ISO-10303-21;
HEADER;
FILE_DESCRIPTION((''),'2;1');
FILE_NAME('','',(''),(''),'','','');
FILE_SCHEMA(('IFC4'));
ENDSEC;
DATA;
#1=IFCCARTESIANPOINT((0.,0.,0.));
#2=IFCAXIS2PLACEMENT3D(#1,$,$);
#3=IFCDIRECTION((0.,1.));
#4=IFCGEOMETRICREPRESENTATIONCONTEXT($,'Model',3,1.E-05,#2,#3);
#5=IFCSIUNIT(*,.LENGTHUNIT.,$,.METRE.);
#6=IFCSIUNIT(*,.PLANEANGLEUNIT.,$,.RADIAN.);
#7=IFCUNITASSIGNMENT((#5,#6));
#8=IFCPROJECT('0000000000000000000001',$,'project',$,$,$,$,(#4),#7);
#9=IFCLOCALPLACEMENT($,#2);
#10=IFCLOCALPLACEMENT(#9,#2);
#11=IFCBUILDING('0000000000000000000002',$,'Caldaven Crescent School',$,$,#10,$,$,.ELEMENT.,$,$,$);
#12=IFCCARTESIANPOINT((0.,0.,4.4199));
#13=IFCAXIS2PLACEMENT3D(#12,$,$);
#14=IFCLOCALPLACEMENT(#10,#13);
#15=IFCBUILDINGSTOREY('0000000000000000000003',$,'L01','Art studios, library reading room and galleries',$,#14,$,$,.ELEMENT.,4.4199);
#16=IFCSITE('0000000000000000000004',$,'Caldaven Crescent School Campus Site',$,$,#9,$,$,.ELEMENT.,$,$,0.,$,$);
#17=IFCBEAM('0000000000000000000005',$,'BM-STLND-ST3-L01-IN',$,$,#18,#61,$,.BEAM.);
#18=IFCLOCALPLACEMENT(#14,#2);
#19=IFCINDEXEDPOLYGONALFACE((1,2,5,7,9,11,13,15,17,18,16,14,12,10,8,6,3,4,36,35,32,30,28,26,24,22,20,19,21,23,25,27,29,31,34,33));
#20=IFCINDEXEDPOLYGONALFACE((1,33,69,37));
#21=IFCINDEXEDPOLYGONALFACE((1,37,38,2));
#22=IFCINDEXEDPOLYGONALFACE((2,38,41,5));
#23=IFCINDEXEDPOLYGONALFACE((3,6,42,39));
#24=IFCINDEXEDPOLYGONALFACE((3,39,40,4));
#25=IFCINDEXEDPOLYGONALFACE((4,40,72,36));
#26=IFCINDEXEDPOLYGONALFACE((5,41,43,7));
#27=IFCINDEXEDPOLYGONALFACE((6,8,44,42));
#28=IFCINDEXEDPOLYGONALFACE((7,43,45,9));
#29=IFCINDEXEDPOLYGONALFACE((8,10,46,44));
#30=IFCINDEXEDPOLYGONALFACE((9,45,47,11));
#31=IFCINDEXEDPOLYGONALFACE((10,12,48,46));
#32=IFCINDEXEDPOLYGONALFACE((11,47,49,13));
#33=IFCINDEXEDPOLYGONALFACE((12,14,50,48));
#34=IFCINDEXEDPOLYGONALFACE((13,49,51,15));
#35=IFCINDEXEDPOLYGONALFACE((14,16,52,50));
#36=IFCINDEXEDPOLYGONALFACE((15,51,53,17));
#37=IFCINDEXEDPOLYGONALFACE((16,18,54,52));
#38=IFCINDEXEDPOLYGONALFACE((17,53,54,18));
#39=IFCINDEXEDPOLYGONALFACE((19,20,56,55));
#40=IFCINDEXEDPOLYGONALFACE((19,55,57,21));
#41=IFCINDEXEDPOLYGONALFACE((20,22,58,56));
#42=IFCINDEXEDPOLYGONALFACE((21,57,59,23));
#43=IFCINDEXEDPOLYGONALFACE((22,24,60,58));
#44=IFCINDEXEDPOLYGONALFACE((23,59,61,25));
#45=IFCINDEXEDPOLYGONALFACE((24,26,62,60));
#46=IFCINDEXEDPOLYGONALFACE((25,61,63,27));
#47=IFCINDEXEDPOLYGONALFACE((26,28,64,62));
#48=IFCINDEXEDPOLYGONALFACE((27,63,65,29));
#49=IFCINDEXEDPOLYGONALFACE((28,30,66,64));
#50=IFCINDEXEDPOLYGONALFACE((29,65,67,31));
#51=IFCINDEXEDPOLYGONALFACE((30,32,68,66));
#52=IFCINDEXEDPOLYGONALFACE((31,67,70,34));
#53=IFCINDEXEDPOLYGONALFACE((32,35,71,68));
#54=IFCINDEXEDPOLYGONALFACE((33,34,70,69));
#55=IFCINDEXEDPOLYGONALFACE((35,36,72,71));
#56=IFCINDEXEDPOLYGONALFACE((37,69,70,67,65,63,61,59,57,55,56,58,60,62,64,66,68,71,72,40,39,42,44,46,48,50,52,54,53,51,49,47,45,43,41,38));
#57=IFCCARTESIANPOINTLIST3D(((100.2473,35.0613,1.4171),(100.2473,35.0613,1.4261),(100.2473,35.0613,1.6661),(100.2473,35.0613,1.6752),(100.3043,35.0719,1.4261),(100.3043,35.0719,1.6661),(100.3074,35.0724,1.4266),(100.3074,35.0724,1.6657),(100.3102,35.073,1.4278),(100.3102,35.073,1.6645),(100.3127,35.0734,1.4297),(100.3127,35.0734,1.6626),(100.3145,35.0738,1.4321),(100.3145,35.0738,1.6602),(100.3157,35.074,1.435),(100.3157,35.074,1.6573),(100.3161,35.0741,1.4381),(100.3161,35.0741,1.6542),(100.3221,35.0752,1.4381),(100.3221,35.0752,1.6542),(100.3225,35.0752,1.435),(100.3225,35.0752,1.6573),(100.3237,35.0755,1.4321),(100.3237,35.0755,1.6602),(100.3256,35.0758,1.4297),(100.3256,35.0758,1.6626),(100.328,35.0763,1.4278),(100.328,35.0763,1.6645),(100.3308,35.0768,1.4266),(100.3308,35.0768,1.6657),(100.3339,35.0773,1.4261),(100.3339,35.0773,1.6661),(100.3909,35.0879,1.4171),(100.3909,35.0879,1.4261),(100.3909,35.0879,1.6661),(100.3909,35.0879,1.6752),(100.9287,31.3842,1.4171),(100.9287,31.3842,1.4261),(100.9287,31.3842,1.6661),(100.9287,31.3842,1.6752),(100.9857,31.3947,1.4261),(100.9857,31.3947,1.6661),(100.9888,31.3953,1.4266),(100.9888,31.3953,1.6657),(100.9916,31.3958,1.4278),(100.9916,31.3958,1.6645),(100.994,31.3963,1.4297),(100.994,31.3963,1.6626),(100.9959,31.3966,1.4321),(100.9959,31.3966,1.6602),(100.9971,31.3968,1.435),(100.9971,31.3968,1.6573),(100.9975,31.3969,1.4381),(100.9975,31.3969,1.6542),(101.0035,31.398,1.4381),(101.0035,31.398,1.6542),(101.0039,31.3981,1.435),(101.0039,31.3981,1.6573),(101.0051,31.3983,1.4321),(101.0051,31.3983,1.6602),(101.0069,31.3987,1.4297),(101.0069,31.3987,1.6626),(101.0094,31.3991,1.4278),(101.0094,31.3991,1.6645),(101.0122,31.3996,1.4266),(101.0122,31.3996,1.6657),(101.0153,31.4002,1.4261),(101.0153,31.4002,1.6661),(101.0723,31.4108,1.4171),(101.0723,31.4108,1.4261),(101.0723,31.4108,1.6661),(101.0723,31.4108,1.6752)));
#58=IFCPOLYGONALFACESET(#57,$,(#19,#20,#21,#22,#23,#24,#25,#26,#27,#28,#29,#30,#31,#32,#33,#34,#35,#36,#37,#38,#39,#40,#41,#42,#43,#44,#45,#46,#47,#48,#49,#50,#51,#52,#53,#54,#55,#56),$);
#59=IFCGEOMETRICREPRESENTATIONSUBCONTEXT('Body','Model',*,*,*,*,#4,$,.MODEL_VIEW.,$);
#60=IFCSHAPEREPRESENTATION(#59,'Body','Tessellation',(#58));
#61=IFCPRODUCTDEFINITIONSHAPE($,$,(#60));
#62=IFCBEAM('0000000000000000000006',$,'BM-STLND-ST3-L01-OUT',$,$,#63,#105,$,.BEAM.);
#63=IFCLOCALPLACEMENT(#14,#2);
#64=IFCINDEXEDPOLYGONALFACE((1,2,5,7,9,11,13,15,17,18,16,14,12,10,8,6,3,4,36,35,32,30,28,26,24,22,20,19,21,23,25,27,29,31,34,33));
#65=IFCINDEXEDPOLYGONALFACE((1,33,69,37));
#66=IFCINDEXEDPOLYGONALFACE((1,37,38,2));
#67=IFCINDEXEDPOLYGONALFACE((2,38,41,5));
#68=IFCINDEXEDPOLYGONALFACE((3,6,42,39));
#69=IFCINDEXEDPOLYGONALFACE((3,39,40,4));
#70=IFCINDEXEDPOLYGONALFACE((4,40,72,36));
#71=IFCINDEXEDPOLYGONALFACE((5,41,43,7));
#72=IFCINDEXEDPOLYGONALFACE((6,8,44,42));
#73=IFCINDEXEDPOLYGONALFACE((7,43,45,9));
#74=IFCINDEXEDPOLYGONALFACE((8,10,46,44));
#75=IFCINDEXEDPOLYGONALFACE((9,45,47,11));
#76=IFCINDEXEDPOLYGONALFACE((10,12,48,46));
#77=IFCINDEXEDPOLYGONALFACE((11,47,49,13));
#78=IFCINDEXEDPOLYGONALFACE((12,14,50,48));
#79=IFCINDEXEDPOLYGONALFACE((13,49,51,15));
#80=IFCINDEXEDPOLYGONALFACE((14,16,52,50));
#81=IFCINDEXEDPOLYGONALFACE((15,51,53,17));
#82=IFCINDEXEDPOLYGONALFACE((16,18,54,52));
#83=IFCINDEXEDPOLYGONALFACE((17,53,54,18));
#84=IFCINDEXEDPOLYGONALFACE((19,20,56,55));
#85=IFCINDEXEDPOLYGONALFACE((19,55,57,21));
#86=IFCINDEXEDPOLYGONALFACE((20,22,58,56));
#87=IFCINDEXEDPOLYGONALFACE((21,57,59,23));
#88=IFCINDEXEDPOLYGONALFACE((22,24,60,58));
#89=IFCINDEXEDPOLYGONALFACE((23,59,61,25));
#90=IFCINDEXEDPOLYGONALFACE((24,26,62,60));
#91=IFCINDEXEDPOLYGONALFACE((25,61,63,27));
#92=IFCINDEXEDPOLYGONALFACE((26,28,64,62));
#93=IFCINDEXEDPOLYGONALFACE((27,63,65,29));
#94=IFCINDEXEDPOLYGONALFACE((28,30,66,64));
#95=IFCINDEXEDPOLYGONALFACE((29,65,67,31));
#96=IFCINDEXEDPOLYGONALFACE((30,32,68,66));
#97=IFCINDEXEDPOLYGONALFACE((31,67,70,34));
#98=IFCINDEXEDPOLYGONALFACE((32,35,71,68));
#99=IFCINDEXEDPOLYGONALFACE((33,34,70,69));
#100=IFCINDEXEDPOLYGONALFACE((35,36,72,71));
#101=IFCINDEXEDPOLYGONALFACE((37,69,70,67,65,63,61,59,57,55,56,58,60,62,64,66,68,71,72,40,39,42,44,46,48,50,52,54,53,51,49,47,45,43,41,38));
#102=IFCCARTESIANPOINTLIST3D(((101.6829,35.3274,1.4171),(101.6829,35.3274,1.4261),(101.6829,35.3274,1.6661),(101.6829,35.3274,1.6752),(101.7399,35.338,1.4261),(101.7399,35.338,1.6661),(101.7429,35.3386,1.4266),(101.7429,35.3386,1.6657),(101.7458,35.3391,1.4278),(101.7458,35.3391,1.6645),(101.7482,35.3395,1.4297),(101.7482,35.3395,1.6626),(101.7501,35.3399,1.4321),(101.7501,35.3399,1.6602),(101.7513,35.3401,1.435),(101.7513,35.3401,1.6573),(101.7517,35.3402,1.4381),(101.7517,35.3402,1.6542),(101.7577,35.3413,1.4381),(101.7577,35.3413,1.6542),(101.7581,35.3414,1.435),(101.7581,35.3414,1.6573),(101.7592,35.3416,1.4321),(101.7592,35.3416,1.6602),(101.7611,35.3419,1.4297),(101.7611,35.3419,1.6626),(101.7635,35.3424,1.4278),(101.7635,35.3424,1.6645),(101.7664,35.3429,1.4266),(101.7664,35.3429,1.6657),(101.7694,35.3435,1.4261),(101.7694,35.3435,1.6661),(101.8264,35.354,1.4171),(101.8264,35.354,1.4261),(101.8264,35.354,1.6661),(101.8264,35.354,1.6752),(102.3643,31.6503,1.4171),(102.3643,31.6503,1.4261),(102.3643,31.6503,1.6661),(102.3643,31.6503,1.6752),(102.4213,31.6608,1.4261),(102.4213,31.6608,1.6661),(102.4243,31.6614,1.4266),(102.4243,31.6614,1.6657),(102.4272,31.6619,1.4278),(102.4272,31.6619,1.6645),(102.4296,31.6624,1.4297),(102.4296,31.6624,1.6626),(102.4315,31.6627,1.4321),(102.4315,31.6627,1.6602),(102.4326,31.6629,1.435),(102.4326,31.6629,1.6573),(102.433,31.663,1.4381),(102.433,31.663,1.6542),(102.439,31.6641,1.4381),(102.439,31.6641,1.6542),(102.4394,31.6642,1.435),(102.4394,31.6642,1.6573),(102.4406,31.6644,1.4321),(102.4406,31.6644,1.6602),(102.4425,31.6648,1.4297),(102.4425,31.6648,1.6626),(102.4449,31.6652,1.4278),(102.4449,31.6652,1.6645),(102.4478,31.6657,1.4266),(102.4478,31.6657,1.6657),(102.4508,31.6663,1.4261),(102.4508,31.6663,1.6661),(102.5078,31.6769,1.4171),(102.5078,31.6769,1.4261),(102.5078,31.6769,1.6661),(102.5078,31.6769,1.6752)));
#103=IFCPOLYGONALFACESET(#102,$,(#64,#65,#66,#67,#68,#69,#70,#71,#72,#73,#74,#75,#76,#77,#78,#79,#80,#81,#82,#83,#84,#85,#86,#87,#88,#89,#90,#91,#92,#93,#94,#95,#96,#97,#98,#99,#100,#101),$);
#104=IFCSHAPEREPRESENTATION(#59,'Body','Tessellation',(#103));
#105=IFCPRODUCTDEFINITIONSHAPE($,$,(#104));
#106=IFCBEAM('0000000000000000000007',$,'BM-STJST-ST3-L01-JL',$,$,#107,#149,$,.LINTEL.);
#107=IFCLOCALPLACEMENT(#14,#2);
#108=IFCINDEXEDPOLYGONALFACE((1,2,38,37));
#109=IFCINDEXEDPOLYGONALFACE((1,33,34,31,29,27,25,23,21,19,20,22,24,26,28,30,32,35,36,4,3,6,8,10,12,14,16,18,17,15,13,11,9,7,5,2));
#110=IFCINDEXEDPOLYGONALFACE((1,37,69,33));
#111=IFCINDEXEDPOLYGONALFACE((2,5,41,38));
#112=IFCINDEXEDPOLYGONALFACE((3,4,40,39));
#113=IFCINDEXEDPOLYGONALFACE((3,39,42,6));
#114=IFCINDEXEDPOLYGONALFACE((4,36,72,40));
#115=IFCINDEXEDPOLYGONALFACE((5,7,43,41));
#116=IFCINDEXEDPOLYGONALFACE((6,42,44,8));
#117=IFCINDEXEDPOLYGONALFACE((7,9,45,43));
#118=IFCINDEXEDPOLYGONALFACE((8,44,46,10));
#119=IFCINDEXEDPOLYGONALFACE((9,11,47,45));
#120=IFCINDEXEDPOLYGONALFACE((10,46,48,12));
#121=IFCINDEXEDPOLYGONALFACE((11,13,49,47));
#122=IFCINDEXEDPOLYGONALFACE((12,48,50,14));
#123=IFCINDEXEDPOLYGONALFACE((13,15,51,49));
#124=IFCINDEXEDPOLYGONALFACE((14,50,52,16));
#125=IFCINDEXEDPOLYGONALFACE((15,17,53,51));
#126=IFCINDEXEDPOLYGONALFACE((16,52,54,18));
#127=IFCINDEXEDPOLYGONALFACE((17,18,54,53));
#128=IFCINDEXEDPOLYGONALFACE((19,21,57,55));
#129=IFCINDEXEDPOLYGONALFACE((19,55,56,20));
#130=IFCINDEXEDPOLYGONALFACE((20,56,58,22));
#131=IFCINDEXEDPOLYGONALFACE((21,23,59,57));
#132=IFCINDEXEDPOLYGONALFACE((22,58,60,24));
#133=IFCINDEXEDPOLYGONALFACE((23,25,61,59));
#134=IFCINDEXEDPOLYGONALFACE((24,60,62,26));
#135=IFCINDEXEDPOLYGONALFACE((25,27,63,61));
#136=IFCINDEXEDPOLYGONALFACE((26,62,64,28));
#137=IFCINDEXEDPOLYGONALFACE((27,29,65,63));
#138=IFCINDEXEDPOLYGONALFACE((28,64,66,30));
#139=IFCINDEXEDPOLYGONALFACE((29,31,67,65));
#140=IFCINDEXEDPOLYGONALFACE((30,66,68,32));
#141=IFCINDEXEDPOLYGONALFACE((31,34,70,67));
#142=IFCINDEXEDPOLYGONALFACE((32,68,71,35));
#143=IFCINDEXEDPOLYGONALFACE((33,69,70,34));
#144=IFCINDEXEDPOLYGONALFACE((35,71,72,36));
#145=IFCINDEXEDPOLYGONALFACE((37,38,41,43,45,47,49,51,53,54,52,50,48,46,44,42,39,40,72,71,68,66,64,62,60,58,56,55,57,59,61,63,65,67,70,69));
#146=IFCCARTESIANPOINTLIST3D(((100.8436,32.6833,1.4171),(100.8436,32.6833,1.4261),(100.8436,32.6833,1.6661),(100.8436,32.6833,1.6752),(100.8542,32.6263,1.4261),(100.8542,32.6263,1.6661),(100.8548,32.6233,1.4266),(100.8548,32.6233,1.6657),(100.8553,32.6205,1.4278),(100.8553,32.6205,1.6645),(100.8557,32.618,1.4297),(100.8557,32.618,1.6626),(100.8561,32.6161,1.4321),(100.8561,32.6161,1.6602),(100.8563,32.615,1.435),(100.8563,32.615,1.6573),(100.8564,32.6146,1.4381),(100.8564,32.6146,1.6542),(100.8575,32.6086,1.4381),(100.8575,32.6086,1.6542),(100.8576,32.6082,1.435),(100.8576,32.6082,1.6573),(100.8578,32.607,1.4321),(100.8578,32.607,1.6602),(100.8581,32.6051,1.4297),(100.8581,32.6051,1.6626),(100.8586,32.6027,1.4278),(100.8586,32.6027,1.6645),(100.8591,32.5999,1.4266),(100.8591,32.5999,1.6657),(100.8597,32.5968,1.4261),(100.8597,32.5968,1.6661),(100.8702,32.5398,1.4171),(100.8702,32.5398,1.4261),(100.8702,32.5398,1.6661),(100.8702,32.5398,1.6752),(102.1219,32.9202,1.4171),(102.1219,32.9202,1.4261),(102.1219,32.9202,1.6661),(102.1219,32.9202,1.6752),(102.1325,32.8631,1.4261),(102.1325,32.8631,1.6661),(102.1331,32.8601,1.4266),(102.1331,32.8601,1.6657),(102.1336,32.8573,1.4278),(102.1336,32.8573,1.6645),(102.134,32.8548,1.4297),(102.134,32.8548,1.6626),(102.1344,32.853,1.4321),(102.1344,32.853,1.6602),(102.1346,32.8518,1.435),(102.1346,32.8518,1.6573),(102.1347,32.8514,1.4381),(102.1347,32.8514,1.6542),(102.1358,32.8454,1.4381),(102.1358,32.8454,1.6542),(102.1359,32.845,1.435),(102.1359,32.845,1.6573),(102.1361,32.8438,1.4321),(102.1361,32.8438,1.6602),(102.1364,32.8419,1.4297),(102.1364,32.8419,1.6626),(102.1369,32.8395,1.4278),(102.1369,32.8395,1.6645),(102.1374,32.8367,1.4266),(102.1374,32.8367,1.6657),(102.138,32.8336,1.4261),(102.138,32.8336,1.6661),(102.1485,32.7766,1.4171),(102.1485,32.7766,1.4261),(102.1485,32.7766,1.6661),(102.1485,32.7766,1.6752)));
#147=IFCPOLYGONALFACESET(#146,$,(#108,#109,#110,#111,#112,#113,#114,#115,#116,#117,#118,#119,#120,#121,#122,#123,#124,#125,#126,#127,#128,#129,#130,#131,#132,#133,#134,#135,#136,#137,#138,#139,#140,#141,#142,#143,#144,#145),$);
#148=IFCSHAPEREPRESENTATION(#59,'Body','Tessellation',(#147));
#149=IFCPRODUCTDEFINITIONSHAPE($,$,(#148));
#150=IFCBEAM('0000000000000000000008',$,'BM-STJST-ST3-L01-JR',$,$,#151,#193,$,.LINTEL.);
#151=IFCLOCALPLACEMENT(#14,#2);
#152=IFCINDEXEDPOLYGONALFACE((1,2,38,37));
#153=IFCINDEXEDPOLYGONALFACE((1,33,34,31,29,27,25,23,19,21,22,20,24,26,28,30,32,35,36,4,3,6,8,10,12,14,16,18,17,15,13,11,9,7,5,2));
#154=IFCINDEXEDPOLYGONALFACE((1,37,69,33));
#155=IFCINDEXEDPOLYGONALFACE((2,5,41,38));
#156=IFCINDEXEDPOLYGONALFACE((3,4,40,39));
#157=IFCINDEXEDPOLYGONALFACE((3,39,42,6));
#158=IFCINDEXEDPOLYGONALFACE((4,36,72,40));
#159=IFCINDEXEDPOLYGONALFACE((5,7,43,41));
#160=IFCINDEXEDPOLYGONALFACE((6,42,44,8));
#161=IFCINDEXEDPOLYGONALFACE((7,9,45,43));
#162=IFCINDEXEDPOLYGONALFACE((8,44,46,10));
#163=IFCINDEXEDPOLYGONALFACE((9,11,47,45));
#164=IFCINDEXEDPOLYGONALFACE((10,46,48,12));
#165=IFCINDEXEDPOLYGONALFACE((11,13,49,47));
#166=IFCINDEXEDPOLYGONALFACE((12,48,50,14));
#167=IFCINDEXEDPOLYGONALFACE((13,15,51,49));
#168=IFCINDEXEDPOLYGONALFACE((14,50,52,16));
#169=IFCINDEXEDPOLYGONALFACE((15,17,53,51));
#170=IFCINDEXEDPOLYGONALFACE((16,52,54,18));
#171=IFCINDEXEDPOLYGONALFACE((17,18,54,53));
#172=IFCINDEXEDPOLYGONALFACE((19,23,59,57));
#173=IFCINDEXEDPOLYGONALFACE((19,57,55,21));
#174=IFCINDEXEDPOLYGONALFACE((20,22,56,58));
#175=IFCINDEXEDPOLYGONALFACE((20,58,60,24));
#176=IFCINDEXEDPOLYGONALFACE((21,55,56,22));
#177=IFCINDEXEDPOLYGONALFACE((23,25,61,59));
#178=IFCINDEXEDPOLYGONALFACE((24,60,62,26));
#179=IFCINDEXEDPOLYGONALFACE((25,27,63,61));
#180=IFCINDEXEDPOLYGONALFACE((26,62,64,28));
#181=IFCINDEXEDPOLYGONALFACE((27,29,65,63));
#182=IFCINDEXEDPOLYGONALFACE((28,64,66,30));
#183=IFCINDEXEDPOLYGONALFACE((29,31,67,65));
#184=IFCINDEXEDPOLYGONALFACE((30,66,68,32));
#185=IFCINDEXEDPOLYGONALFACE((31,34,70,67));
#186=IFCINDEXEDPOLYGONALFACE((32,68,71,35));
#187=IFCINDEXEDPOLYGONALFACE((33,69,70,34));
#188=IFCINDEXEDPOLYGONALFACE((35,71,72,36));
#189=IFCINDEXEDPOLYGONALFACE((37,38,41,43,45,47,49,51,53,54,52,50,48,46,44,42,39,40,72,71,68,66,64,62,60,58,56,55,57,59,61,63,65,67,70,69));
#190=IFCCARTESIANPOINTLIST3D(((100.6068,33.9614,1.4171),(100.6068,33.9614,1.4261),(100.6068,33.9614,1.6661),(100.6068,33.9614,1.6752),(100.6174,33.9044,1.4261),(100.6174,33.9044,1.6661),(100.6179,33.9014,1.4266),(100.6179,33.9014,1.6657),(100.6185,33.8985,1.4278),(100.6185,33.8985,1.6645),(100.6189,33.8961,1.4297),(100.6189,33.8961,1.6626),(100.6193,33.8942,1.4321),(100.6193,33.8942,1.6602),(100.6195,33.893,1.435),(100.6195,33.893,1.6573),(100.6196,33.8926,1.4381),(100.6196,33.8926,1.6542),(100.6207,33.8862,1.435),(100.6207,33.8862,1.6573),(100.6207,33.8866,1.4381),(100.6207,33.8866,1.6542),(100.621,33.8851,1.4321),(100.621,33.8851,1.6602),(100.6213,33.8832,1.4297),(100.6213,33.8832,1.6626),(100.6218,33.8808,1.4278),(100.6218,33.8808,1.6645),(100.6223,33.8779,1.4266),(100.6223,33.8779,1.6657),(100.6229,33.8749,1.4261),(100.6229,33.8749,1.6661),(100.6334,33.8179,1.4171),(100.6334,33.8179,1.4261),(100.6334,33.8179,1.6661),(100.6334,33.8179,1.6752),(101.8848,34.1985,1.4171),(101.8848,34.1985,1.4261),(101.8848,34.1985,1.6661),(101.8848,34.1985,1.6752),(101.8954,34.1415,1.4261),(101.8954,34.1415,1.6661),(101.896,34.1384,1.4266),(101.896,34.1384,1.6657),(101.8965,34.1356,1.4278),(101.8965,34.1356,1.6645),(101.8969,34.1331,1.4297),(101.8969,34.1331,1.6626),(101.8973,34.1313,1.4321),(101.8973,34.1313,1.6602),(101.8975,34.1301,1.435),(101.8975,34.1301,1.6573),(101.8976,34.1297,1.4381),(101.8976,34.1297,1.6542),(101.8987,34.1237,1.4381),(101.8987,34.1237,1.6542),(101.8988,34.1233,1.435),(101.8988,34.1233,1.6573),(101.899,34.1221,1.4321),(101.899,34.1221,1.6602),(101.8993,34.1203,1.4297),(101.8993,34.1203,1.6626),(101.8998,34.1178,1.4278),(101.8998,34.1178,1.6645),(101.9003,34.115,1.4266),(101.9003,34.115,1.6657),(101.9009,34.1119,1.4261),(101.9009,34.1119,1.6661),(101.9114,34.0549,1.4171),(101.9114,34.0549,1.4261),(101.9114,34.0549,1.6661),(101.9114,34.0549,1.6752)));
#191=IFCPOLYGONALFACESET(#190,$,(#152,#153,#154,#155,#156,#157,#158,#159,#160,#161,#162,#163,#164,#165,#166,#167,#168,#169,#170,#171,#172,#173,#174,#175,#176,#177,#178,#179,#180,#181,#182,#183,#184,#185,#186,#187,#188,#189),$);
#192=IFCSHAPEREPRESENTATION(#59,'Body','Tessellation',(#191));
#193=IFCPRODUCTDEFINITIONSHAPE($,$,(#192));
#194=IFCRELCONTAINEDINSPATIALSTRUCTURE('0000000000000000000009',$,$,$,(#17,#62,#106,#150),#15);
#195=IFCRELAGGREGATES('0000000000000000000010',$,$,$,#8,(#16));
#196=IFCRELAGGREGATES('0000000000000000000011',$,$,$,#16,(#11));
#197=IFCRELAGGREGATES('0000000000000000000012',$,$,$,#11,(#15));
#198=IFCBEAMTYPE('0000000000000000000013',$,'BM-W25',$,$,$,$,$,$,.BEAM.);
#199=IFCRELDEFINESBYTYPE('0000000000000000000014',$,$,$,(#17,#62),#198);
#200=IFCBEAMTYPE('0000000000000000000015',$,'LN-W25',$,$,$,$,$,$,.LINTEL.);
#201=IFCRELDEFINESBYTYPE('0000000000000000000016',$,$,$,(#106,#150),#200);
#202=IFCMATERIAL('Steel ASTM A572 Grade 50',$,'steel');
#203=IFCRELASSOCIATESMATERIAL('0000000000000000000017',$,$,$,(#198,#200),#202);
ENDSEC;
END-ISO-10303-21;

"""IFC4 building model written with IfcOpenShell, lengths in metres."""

from ifc_helpers import new_model, si_unit, direction, frame, origin, origin_2d, place, context, subcontext, project, spatial, i_section, extrude, material, material_profile, profile_set, type_object, element, save


model = new_model("IFC4")

# Units and contexts
model_context = context("Model", 3, precision=1e-05, world=origin(), true_north=direction((0.0, 1.0)))
body_context = subcontext(model_context, "Body", "Model", "MODEL_VIEW")
ifc_project = project(units=[si_unit("LENGTHUNIT", "METRE"), si_unit("PLANEANGLEUNIT", "RADIAN")], contexts=[model_context])

# Site, building, storey
site_placement = place(None, origin())
site = spatial("IfcSite", under=ifc_project, at=site_placement, Name="Caldaven Crescent School Campus Site", CompositionType="ELEMENT", RefElevation=0.0)
building_placement = place(site_placement, origin())
building = spatial("IfcBuilding", under=site, at=building_placement, Name="Caldaven Crescent School", CompositionType="ELEMENT")
storey_placement = place(building_placement, frame((0.0, 0.0, 4.4199)))
storey = spatial("IfcBuildingStorey", under=building, at=storey_placement, Name="L01", Description="Art studios, library reading room and galleries", CompositionType="ELEMENT", Elevation=4.4199)

# Shared definitions
ifc_material_1 = material(Name="Steel ASTM A572 Grade 50", Category="steel")

# Beams
ifc_material_profile_1 = material_profile(ifc_material_1, i_section(OverallWidth=0.146, OverallDepth=0.2581, WebThickness=0.0061, FlangeThickness=0.009, FilletRadius=0.012, at=origin_2d()), Name="W250x33")
ifc_profile_set_1 = profile_set([ifc_material_profile_1], Name="Steel ASTM A572 Grade 50")
beam_type_1 = type_object("IfcBeamType", Name="BM-W25", PredefinedType="BEAM", material=ifc_profile_set_1)
for number, where, z_axis, x_axis, name in (
    (1, (101.0005, 31.3975, 1.5461), (-0.182199, 0.983262, 0.0), (-0.983262, -0.182199, 0.0), "BM-STLND-ST3-L01-IN"),
    (2, (102.436, 31.6636, 1.5461), (-0.182199, 0.983262, 0.0), (-0.983262, -0.182199, 0.0), "BM-STLND-ST3-L01-OUT"),
):
    element("IfcBeam", number, at=place(storey_placement, frame(where, z_axis=z_axis, x_axis=x_axis)), inside=storey, type_object=beam_type_1, Name=name, PredefinedType="BEAM", context=body_context, shape_type="SweptSolid", body=[
        extrude(i_section(OverallWidth=0.146, OverallDepth=0.2581, WebThickness=0.0061, FlangeThickness=0.009, FilletRadius=0.012, at=origin_2d()), origin(), (0.0, 0.0, 1.0), 3.7397),
    ])
ifc_material_profile_2 = material_profile(ifc_material_1, i_section(OverallWidth=0.146, OverallDepth=0.2581, WebThickness=0.0061, FlangeThickness=0.009, FilletRadius=0.012, at=origin_2d()), Name="W250x33")
ifc_profile_set_2 = profile_set([ifc_material_profile_2], Name="Steel ASTM A572 Grade 50")
beam_type_2 = type_object("IfcBeamType", Name="LN-W25", PredefinedType="LINTEL", material=ifc_profile_set_2)
beam_1_placement = place(storey_placement, frame((100.8569, 32.6116, 1.5461), z_axis=(0.98327, 0.182157, 0.0), x_axis=(-0.182157, 0.98327, 0.0)))
element("IfcBeam", 3, at=beam_1_placement, inside=storey, type_object=beam_type_2, Name="BM-STJST-ST3-L01-JL", PredefinedType="LINTEL", context=body_context, shape_type="SweptSolid", body=[
    extrude(i_section(OverallWidth=0.146, OverallDepth=0.2581, WebThickness=0.0061, FlangeThickness=0.009, FilletRadius=0.012, at=origin_2d()), origin(), (0.0, 0.0, 1.0), 1.3),
])
beam_2_placement = place(storey_placement, frame((100.6201, 33.8896, 1.5461), z_axis=(0.98323, 0.182372, 0.0), x_axis=(-0.182372, 0.98323, 0.0)))
element("IfcBeam", 4, at=beam_2_placement, inside=storey, type_object=beam_type_2, Name="BM-STJST-ST3-L01-JR", PredefinedType="LINTEL", context=body_context, shape_type="SweptSolid", body=[
    extrude(i_section(OverallWidth=0.146, OverallDepth=0.2581, WebThickness=0.0061, FlangeThickness=0.009, FilletRadius=0.012, at=origin_2d()), origin(), (0.0, 0.0, 1.0), 1.2998),
])

save(model, "model.ifc")
